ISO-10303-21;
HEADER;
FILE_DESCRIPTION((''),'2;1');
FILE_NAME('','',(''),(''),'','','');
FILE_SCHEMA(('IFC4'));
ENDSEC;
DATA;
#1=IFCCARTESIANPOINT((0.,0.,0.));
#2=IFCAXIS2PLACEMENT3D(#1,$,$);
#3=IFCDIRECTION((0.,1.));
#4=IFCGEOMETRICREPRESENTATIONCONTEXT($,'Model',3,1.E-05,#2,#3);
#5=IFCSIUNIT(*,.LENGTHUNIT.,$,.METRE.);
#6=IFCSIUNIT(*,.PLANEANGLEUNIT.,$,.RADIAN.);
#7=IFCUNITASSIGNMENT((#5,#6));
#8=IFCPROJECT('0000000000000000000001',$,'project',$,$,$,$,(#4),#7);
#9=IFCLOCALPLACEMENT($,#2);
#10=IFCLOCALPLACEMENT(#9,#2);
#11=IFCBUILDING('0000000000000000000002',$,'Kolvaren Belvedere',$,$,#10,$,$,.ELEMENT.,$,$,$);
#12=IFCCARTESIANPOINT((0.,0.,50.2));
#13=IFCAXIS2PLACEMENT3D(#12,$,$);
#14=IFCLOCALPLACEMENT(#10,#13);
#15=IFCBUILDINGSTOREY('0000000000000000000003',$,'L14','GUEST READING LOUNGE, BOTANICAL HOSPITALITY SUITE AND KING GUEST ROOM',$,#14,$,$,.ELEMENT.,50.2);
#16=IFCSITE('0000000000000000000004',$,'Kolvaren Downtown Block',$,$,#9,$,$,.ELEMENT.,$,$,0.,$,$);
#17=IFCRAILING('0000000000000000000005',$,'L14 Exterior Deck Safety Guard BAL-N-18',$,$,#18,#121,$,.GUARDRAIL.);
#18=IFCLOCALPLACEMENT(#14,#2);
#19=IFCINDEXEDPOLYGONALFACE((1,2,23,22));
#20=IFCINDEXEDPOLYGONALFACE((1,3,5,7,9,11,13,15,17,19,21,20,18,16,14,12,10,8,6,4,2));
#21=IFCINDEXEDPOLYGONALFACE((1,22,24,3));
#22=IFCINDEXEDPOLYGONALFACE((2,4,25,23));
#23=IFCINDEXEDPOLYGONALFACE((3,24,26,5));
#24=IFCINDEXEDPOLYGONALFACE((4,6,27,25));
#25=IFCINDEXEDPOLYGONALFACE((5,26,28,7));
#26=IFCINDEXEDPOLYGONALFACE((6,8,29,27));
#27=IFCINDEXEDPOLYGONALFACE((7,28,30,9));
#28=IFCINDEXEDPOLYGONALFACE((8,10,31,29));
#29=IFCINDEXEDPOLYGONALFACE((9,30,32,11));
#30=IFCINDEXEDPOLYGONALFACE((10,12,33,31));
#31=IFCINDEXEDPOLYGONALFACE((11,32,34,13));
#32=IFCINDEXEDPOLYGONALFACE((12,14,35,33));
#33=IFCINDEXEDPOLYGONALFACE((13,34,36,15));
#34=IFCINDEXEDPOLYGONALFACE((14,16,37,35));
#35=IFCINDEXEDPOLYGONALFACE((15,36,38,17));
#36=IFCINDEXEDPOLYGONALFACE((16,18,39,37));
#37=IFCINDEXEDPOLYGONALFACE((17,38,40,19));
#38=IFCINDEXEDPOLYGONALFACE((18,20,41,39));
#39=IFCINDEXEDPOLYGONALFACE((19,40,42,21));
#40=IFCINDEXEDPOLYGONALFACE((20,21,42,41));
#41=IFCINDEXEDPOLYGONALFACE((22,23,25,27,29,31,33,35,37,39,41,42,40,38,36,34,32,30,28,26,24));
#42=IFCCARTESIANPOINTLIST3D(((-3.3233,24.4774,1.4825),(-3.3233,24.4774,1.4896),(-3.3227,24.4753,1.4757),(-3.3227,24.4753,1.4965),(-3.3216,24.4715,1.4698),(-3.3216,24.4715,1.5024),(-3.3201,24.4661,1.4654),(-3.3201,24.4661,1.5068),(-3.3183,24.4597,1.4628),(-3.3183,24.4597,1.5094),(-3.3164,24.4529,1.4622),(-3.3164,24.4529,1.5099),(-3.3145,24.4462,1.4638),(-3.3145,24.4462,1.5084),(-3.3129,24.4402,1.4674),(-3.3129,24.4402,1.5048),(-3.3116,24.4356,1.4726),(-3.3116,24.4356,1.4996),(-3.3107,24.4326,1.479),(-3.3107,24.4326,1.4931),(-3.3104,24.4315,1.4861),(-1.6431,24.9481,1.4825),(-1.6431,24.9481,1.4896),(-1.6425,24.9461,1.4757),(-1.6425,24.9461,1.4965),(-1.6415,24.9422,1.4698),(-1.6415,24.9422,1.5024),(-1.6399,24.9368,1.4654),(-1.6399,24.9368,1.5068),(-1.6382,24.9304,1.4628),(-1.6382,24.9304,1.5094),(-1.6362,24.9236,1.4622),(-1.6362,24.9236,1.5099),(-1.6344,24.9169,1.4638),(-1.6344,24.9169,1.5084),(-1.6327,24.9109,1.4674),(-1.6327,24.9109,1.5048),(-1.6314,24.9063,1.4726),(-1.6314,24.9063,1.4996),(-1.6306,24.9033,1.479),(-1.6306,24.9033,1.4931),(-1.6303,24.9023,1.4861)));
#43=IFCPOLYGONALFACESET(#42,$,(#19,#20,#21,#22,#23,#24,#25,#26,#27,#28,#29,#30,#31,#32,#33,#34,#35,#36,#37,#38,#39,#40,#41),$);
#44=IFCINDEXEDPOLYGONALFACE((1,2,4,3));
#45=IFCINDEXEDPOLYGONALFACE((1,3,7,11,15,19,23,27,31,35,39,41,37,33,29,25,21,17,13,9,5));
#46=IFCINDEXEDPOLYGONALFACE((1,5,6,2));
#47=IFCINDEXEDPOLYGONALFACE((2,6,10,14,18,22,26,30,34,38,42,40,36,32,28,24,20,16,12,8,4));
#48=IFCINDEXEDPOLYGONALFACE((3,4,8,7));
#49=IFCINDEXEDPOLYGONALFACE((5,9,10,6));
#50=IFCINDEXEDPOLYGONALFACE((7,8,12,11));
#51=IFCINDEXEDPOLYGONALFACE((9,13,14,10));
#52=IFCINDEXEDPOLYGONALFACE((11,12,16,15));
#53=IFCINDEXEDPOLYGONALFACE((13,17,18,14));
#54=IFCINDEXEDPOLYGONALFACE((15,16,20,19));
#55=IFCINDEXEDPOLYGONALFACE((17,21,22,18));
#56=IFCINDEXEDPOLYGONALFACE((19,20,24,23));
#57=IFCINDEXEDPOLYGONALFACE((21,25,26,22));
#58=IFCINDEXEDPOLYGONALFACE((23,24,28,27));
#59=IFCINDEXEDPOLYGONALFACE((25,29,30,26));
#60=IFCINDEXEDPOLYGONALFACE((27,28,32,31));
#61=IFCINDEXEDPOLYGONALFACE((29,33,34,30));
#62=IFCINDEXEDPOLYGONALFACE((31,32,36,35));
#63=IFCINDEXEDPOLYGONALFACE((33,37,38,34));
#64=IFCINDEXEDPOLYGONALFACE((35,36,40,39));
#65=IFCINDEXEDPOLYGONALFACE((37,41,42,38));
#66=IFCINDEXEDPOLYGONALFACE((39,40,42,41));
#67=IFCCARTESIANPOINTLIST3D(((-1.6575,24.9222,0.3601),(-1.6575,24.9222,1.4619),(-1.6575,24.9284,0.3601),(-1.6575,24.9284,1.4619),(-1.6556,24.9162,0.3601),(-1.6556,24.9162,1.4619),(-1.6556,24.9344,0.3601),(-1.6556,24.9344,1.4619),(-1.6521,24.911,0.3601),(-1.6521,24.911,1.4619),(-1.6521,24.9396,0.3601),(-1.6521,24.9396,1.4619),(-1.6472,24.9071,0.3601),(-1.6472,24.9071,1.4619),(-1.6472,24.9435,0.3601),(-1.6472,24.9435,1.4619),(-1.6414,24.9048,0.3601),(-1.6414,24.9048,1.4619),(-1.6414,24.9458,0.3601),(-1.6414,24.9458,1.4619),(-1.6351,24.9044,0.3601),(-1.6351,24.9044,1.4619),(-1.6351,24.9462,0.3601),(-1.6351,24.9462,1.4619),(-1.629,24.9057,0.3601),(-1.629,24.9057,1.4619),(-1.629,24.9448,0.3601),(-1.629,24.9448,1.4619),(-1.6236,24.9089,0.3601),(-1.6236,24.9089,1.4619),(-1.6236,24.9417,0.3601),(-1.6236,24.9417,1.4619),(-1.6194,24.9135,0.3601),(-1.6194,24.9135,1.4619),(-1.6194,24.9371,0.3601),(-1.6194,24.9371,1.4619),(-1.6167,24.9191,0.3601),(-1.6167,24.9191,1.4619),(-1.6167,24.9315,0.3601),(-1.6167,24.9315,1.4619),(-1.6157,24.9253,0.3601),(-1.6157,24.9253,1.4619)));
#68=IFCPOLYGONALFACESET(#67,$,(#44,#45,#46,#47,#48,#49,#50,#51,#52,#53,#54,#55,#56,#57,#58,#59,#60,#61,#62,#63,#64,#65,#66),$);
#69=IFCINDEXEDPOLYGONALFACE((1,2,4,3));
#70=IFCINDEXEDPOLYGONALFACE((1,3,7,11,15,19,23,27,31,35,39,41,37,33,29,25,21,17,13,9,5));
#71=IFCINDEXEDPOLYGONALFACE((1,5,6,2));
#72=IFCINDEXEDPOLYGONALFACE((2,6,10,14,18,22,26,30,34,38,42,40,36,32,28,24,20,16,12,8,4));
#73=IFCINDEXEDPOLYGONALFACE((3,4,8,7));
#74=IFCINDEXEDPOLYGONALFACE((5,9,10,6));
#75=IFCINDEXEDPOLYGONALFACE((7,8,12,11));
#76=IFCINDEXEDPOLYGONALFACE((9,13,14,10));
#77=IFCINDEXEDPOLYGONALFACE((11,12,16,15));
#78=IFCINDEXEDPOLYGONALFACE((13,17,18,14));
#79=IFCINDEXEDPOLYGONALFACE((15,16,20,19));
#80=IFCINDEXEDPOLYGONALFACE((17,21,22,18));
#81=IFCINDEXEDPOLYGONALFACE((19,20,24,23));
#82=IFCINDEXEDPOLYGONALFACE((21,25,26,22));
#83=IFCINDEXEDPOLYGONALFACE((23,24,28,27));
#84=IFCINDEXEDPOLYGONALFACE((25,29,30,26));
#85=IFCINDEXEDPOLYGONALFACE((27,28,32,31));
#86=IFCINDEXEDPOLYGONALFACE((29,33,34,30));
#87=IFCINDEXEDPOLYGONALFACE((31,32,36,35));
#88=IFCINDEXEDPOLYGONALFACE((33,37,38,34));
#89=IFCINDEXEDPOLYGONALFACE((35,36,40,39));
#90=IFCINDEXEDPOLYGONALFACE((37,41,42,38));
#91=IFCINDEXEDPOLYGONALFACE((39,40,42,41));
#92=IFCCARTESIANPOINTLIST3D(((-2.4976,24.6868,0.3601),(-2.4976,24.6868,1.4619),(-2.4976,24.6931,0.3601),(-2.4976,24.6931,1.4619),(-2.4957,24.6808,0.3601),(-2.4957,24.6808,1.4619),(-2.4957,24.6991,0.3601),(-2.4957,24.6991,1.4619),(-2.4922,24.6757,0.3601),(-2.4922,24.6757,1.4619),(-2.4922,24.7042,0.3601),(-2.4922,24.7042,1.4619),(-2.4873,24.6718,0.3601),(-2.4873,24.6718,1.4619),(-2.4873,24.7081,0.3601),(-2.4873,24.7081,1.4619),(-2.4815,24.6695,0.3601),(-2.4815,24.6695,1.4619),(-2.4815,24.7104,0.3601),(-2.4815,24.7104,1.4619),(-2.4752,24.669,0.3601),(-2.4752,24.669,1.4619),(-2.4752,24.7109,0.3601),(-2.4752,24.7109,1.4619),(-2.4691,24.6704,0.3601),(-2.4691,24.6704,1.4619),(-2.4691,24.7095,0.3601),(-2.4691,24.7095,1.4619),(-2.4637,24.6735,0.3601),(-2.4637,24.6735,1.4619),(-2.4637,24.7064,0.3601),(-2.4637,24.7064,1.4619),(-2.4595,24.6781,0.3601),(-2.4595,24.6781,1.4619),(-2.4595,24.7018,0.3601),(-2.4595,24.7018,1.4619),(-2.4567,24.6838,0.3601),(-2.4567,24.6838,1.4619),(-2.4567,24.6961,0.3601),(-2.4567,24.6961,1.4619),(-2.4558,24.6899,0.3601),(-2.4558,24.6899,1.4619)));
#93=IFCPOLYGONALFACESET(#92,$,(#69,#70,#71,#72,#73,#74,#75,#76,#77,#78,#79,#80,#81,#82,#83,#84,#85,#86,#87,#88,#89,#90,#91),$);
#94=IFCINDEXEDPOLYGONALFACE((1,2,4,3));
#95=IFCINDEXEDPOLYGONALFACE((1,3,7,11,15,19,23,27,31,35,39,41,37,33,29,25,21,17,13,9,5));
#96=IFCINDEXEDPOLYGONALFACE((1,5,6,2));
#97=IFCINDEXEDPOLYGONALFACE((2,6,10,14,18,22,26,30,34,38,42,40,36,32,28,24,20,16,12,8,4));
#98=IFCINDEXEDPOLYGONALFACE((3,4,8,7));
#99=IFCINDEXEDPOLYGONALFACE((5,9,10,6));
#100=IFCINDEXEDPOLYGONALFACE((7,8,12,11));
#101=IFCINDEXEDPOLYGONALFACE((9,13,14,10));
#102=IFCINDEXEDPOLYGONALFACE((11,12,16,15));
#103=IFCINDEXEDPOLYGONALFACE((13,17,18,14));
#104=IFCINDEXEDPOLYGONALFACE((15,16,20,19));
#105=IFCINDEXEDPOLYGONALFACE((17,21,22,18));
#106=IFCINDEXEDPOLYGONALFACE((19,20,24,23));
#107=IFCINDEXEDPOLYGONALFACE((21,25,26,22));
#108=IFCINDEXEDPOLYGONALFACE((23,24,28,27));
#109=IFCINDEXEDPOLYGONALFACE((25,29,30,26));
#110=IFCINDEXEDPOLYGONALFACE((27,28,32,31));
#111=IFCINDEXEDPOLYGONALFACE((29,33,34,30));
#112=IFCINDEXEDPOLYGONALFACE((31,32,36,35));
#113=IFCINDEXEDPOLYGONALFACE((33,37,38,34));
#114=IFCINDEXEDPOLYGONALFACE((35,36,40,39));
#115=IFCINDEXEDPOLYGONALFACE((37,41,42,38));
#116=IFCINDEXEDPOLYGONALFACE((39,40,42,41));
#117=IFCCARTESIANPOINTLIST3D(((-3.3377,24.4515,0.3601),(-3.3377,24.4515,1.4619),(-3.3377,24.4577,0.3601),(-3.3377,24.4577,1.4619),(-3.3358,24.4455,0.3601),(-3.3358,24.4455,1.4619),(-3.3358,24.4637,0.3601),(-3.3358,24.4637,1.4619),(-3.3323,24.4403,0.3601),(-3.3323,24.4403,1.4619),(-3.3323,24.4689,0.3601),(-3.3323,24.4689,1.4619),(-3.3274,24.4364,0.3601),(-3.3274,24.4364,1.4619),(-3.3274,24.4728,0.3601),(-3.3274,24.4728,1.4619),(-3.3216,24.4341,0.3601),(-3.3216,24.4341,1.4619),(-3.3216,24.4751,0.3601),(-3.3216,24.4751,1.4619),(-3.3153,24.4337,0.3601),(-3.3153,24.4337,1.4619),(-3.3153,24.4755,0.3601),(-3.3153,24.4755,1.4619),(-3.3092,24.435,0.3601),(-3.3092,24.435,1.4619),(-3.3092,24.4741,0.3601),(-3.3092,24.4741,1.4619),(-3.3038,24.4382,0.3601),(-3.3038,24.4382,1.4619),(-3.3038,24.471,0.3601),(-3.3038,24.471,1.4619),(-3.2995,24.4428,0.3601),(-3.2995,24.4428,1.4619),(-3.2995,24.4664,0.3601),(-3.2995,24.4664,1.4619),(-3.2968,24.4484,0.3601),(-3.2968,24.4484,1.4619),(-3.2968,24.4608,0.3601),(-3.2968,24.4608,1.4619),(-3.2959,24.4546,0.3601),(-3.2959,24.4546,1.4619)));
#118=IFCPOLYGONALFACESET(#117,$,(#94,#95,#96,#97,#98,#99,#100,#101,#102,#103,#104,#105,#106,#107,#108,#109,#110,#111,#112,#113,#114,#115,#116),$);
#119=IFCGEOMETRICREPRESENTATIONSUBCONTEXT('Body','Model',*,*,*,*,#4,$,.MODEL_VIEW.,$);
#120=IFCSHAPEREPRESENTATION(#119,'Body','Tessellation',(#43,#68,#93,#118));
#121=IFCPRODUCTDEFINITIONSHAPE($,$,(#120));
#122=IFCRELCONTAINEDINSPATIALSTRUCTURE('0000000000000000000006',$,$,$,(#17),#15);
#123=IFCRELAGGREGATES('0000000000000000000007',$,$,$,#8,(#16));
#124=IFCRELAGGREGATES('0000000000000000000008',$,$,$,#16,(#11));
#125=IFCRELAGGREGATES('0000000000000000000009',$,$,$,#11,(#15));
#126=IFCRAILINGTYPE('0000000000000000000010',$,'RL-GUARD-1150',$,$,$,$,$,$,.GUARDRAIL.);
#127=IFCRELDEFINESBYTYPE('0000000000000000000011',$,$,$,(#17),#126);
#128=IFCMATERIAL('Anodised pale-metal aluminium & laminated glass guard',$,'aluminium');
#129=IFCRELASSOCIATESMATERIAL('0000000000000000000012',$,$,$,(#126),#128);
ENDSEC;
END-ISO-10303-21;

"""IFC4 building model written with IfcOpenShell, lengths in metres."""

from ifc_helpers import new_model, si_unit, direction, frame, origin, origin_2d, place, context, subcontext, project, spatial, circle, extrude, material, type_object, element, save


model = new_model("IFC4")

# Units and contexts
model_context = context("Model", 3, precision=1e-05, world=origin(), true_north=direction((0.0, 1.0)))
body_context = subcontext(model_context, "Body", "Model", "MODEL_VIEW")
ifc_project = project(units=[si_unit("LENGTHUNIT", "METRE"), si_unit("PLANEANGLEUNIT", "RADIAN")], contexts=[model_context])

# Site, building, storey
site_placement = place(None, origin())
site = spatial("IfcSite", under=ifc_project, at=site_placement, Name="Kolvaren Downtown Block", CompositionType="ELEMENT", RefElevation=0.0)
building_placement = place(site_placement, origin())
building = spatial("IfcBuilding", under=site, at=building_placement, Name="Kolvaren Belvedere", CompositionType="ELEMENT")
storey_placement = place(building_placement, frame((0.0, 0.0, 50.2)))
storey = spatial("IfcBuildingStorey", under=building, at=storey_placement, Name="L14", Description="GUEST READING LOUNGE, BOTANICAL HOSPITALITY SUITE AND KING GUEST ROOM", CompositionType="ELEMENT", Elevation=50.2)

# Railing
ifc_material_1 = material(Name="Anodised pale-metal aluminium & laminated glass guard", Category="aluminium")
railing_type = type_object("IfcRailingType", Name="RL-GUARD-1150", PredefinedType="GUARDRAIL", material=ifc_material_1)
railing_1_placement = place(storey_placement, frame((-1.6367, 24.9253, 0.3601)))
element("IfcRailing", 1, at=railing_1_placement, inside=storey, type_object=railing_type, Name="L14 Exterior Deck Safety Guard BAL-N-18", PredefinedType="GUARDRAIL", context=body_context, shape_type="SweptSolid", body=[
    extrude(circle(Radius=0.0239, at=origin_2d()), frame((0.0, 0.0, 1.126), z_axis=(-0.962926, -0.269765, 0.0), x_axis=(0.269765, -0.962926, 0.0)), (0.0, 0.0, 1.0), 1.7449),
    extrude(circle(Radius=0.021, at=origin_2d()), origin(), (0.0, 0.0, 1.0), 1.1018),
    extrude(circle(Radius=0.021, at=origin_2d()), frame((-0.8401, -0.2354, 0.0)), (0.0, 0.0, 1.0), 1.1018),
    extrude(circle(Radius=0.021, at=origin_2d()), frame((-1.6802, -0.4707, 0.0)), (0.0, 0.0, 1.0), 1.1018),
])

save(model, "model.ifc")
